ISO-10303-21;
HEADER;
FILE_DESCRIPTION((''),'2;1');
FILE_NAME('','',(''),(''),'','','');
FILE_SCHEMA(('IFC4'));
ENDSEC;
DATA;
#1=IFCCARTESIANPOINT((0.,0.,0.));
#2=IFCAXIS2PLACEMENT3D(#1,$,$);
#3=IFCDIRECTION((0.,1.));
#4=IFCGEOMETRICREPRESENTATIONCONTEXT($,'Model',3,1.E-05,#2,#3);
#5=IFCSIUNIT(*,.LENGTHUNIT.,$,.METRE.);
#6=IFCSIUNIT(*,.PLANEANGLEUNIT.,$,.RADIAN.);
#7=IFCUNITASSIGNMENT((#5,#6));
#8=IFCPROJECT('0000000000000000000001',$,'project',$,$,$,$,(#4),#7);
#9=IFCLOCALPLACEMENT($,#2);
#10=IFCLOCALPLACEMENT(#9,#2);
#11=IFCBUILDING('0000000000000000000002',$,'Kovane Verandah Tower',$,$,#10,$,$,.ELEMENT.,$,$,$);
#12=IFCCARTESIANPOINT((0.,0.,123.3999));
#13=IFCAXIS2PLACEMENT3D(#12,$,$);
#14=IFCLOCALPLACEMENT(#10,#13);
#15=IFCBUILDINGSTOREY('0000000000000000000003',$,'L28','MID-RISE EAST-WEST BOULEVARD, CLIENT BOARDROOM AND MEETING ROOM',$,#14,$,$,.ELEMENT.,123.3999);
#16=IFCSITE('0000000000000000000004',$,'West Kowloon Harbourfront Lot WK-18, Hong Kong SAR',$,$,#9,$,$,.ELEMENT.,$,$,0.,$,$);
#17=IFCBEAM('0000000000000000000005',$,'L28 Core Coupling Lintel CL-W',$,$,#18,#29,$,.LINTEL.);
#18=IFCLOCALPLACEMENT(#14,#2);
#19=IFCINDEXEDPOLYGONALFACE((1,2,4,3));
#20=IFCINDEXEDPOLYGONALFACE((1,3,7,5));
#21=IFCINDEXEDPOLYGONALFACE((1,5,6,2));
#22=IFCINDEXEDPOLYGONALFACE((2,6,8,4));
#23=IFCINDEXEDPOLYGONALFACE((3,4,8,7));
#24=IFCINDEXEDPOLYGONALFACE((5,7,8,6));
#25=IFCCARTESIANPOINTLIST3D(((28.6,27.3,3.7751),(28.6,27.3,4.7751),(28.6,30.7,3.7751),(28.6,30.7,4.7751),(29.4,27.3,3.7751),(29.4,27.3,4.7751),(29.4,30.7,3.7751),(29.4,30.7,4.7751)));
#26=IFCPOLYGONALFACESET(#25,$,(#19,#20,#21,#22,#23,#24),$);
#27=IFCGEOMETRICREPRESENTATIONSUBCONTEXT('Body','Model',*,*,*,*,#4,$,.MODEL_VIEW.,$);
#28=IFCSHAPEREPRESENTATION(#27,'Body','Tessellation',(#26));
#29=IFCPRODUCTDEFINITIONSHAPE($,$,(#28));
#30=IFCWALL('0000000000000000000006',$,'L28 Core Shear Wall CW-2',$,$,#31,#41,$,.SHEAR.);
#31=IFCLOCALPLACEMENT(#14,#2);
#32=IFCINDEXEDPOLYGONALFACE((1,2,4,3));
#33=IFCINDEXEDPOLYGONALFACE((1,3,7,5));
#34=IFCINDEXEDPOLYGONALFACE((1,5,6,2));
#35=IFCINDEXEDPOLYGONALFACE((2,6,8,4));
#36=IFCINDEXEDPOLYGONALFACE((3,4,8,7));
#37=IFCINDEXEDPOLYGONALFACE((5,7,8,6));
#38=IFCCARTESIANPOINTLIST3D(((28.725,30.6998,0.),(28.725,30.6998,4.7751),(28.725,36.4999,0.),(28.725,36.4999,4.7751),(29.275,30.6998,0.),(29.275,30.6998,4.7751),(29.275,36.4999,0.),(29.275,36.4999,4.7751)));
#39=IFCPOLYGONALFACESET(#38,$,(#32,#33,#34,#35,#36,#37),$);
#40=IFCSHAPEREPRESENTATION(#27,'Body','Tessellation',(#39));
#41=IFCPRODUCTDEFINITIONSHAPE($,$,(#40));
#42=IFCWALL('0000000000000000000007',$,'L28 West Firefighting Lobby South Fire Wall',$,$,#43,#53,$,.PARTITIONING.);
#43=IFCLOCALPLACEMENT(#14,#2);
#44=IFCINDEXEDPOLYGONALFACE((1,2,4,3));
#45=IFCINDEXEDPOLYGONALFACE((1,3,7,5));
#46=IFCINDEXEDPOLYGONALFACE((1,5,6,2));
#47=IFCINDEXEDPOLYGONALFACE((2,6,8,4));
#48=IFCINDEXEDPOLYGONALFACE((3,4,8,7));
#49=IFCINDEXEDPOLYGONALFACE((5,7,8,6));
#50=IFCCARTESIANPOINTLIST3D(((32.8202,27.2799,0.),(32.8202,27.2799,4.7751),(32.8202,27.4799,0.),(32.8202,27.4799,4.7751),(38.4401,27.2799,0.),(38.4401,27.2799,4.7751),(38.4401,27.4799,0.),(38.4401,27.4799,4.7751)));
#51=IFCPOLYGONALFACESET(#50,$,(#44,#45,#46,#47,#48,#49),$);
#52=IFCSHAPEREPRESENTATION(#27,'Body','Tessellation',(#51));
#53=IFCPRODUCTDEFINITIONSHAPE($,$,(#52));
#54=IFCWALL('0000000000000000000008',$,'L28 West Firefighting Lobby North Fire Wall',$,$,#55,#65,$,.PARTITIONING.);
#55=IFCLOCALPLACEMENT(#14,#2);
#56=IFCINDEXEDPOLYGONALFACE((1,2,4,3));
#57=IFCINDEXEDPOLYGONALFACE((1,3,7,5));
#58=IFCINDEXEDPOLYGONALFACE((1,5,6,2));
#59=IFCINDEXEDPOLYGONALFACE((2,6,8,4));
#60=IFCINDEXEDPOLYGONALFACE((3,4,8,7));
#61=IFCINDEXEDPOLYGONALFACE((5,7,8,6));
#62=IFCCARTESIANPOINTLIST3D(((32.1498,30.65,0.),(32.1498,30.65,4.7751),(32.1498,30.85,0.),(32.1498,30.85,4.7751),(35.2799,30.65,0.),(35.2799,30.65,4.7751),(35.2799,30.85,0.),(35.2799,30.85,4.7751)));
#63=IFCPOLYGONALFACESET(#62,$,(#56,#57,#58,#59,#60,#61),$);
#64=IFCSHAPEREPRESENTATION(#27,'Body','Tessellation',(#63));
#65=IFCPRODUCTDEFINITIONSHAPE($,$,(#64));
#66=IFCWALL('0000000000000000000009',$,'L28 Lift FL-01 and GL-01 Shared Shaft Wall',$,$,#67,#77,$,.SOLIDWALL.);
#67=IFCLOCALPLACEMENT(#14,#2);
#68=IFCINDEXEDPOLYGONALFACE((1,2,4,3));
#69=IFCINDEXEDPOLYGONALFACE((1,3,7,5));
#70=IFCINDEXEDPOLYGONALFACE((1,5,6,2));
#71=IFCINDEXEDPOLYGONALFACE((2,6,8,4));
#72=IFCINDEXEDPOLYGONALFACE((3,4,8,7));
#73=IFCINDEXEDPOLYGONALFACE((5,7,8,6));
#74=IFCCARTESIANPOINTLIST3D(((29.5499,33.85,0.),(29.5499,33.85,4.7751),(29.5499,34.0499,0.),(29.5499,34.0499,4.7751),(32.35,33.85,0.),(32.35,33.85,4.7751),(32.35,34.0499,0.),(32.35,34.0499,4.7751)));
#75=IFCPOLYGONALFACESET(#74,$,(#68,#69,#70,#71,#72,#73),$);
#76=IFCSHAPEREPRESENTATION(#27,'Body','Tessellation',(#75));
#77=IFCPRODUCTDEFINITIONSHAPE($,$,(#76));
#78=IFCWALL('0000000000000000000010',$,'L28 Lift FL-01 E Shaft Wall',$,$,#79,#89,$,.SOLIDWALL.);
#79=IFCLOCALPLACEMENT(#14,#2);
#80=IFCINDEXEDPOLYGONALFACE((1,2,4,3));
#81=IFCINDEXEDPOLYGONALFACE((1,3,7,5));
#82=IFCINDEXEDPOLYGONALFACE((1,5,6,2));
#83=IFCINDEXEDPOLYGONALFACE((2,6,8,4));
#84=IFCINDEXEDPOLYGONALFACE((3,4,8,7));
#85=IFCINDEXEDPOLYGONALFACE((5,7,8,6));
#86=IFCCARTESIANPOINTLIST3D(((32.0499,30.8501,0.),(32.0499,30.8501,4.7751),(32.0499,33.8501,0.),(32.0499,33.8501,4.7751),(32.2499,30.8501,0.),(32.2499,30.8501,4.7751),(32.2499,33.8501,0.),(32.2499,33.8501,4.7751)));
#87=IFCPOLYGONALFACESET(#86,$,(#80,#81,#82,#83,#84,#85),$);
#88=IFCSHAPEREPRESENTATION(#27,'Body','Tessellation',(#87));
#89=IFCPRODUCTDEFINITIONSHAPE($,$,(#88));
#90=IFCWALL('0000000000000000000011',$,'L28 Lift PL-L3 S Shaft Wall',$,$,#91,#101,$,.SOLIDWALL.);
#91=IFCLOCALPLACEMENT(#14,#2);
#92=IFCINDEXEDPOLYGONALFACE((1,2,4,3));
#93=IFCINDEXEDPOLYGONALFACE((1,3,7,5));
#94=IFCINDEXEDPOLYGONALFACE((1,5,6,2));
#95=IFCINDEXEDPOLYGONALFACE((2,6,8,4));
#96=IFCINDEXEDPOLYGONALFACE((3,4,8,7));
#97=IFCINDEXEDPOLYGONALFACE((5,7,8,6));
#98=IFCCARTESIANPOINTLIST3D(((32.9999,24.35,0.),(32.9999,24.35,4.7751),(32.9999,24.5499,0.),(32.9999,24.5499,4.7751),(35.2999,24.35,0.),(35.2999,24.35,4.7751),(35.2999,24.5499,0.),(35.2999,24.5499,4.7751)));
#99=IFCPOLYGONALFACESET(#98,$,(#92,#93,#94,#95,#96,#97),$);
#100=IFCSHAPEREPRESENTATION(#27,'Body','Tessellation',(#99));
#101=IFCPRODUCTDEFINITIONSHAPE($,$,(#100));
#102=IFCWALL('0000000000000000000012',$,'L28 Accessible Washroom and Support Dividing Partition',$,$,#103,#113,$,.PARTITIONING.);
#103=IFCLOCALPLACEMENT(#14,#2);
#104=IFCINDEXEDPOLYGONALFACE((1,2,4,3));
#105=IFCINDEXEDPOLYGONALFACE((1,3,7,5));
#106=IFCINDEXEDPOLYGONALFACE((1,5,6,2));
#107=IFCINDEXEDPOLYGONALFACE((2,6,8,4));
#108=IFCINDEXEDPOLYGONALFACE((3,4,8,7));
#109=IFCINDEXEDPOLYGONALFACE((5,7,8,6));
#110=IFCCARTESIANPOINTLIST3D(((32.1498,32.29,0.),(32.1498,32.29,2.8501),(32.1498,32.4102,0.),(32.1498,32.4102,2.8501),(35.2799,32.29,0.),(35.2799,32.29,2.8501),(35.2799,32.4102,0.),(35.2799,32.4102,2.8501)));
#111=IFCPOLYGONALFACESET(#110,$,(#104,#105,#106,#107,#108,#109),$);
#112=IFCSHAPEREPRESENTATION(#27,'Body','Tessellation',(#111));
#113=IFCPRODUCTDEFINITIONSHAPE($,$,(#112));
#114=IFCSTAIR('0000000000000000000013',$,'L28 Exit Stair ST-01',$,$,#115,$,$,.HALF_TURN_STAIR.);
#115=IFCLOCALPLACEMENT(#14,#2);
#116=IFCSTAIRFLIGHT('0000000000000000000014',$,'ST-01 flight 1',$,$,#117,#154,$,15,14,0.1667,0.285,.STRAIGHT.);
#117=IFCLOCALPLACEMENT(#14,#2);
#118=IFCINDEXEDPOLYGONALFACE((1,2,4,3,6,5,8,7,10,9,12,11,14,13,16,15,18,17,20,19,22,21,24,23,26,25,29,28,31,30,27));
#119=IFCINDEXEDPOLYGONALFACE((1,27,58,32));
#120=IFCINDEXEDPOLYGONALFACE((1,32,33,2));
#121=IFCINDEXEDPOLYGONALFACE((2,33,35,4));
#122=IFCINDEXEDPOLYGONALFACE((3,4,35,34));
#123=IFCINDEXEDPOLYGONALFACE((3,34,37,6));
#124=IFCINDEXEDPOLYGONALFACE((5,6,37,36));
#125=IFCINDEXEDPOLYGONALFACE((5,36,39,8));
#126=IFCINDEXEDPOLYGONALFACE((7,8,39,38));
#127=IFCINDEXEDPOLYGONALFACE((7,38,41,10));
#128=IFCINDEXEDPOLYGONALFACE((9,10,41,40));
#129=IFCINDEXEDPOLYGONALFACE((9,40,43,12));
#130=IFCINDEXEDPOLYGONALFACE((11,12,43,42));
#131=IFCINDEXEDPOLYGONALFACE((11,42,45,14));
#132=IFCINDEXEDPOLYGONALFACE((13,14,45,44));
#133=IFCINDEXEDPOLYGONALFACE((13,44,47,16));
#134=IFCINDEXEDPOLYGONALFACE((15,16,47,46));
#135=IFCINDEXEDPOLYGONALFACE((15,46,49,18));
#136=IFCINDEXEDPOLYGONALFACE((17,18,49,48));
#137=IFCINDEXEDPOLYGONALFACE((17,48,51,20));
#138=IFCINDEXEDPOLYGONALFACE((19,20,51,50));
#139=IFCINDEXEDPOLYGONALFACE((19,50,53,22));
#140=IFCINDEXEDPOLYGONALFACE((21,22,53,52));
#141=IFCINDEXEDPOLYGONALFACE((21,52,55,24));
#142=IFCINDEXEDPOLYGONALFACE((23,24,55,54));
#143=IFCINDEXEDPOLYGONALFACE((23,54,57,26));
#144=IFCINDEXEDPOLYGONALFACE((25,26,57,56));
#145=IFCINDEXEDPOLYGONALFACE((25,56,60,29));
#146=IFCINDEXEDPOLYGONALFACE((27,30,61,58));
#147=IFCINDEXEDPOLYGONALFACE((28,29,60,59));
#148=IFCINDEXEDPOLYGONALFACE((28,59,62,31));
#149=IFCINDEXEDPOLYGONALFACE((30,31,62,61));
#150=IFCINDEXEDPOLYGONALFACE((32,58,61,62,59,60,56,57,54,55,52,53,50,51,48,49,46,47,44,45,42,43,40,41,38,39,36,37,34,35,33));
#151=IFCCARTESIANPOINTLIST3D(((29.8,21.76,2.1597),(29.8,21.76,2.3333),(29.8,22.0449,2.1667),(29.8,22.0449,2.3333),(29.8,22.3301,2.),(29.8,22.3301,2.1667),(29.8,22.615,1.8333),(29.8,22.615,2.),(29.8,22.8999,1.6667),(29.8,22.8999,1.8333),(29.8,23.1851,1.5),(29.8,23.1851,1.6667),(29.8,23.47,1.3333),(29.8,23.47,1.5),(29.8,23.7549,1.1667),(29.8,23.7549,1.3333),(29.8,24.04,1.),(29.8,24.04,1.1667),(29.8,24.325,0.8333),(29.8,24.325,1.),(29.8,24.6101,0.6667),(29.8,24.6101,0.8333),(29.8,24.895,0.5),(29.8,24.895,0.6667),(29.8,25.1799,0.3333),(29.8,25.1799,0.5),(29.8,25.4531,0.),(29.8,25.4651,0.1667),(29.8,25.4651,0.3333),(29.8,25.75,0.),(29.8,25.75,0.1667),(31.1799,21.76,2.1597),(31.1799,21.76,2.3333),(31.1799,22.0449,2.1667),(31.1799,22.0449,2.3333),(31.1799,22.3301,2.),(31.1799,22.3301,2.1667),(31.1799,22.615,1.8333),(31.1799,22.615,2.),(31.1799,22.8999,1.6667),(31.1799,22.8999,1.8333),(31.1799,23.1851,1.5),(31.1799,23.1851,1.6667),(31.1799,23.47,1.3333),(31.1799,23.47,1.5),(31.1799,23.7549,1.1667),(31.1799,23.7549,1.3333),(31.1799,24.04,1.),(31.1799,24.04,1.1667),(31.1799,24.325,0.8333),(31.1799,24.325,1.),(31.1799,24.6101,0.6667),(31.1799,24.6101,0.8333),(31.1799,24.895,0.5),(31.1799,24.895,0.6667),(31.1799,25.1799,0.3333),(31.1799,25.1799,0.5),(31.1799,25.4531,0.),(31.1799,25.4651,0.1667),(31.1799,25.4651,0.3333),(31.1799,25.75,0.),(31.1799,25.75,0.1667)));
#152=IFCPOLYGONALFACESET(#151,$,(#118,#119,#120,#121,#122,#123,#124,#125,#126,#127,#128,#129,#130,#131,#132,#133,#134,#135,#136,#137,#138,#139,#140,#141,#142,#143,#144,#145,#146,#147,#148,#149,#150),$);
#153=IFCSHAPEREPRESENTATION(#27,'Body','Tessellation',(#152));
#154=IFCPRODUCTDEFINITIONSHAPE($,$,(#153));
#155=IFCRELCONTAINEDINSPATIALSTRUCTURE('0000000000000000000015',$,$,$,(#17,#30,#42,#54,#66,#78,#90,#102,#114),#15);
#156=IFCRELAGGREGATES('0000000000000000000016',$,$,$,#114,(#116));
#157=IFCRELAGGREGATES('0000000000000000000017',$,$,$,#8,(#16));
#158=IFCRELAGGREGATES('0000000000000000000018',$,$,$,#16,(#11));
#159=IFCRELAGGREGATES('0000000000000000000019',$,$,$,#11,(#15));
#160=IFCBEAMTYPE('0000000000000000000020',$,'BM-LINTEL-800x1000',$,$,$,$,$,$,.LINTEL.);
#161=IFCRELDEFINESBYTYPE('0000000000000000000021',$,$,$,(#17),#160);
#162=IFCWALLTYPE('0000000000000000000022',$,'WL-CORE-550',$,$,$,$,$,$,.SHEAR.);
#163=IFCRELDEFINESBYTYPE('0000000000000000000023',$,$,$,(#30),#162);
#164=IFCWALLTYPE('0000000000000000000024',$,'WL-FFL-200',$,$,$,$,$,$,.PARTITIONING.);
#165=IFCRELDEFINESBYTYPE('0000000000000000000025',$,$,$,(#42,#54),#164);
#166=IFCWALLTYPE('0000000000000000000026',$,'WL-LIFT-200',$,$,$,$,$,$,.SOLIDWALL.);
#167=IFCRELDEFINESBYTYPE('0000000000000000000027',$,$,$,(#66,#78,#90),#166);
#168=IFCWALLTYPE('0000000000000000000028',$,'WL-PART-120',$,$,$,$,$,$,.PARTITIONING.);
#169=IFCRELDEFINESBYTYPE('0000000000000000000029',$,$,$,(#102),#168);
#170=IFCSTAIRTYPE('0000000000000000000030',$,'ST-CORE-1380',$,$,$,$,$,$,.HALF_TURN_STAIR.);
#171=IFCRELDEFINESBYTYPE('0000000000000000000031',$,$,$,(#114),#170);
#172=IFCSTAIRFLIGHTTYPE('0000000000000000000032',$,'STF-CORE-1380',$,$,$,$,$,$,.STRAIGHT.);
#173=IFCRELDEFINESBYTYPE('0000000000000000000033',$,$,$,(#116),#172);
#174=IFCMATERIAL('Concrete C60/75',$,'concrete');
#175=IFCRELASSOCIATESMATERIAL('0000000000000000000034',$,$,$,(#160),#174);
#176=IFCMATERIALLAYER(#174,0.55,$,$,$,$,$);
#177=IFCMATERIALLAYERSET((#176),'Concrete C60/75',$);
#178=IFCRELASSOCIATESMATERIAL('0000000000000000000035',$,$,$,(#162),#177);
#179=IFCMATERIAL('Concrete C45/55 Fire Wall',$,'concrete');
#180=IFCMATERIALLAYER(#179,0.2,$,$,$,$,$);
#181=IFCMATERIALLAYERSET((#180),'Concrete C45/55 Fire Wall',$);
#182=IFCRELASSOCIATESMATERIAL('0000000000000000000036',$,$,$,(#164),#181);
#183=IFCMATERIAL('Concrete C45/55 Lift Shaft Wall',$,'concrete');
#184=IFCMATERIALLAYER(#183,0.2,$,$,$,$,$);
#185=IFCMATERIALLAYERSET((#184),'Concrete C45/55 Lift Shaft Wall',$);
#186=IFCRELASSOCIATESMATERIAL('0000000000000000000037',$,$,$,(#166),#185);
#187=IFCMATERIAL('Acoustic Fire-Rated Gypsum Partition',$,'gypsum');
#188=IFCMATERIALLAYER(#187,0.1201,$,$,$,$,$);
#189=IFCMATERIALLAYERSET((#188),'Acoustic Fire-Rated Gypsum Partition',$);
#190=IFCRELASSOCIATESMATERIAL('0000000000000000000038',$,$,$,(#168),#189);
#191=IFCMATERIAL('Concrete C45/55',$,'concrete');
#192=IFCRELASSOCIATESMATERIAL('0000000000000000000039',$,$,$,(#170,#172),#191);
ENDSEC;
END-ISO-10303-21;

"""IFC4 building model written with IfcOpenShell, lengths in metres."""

from ifc_helpers import new_model, si_unit, direction, frame, frame_2d, origin, origin_2d, place, context, subcontext, project, spatial, polyline, rectangle, outline, extrude, material, layer, layer_set, material_profile, profile_set, type_object, element, aggregate, save


model = new_model("IFC4")

# Units and contexts
model_context = context("Model", 3, precision=1e-05, world=origin(), true_north=direction((0.0, 1.0)))
body_context = subcontext(model_context, "Body", "Model", "MODEL_VIEW")
ifc_project = project(units=[si_unit("LENGTHUNIT", "METRE"), si_unit("PLANEANGLEUNIT", "RADIAN")], contexts=[model_context])

# Site, building, storey
site_placement = place(None, origin())
site = spatial("IfcSite", under=ifc_project, at=site_placement, Name="West Kowloon Harbourfront Lot WK-18, Hong Kong SAR", CompositionType="ELEMENT", RefElevation=0.0)
building_placement = place(site_placement, origin())
building = spatial("IfcBuilding", under=site, at=building_placement, Name="Kovane Verandah Tower", CompositionType="ELEMENT")
storey_placement = place(building_placement, frame((0.0, 0.0, 123.3999)))
storey = spatial("IfcBuildingStorey", under=building, at=storey_placement, Name="L28", Description="MID-RISE EAST-WEST BOULEVARD, CLIENT BOARDROOM AND MEETING ROOM", CompositionType="ELEMENT", Elevation=123.3999)

# Beam
ifc_material_1 = material(Name="Concrete C60/75", Category="concrete")
ifc_material_profile = material_profile(ifc_material_1, rectangle(XDim=0.8, YDim=1.0, at=origin_2d()), Name="RCB800x1000")
ifc_profile_set = profile_set([ifc_material_profile], Name="Concrete C60/75")
beam_type = type_object("IfcBeamType", Name="BM-LINTEL-800x1000", PredefinedType="LINTEL", material=ifc_profile_set)
beam_placement = place(storey_placement, frame((29.0, 27.3, 4.2751), z_axis=(0.0, 1.0, 0.0), x_axis=(-1.0, 0.0, 0.0)))
element("IfcBeam", 1, at=beam_placement, inside=storey, type_object=beam_type, Name="L28 Core Coupling Lintel CL-W", PredefinedType="LINTEL", context=body_context, shape_type="SweptSolid", body=[
    extrude(rectangle(XDim=0.8, YDim=1.0, at=origin_2d()), origin(), (0.0, 0.0, 1.0), 3.3999),
])

# Wall
ifc_layer_1 = layer(ifc_material_1, 0.55)
ifc_layer_set_1 = layer_set([ifc_layer_1], Name="Concrete C60/75")
wall_type_1 = type_object("IfcWallType", Name="WL-CORE-550", PredefinedType="SHEAR", material=ifc_layer_set_1)
wall_1_placement = place(storey_placement, frame((29.0, 30.7, 0.0), z_axis=(0.0, 0.0, 1.0), x_axis=(0.0, 1.0, 0.0)))
element("IfcWall", 2, at=wall_1_placement, inside=storey, type_object=wall_type_1, Name="L28 Core Shear Wall CW-2", PredefinedType="SHEAR", context=body_context, shape_type="SweptSolid", body=[
    extrude(rectangle(XDim=5.8, YDim=0.55, at=frame_2d((2.8999, 0.0))), origin(), (0.0, 0.0, 1.0), 4.7751),
])

# Shared definitions
ifc_material_2 = material(Name="Concrete C45/55 Fire Wall", Category="concrete")
ifc_layer_2 = layer(ifc_material_2, 0.2)
ifc_layer_set_2 = layer_set([ifc_layer_2], Name="Concrete C45/55 Fire Wall")
wall_type_2 = type_object("IfcWallType", Name="WL-FFL-200", PredefinedType="PARTITIONING", material=ifc_layer_set_2)

# Walls
wall_2_placement = place(storey_placement, frame((32.8201, 27.3799, 0.0), z_axis=(0.0, 0.0, 1.0), x_axis=(1.0, 0.0, 0.0)))
element("IfcWall", 3, at=wall_2_placement, inside=storey, type_object=wall_type_2, Name="L28 West Firefighting Lobby South Fire Wall", PredefinedType="PARTITIONING", context=body_context, shape_type="SweptSolid", body=[
    extrude(rectangle(XDim=5.6199, YDim=0.2, at=frame_2d((2.8101, 0.0))), origin(), (0.0, 0.0, 1.0), 4.7751),
])
wall_3_placement = place(storey_placement, frame((32.1499, 30.75, 0.0), z_axis=(0.0, 0.0, 1.0), x_axis=(1.0, 0.0, 0.0)))
element("IfcWall", 4, at=wall_3_placement, inside=storey, type_object=wall_type_2, Name="L28 West Firefighting Lobby North Fire Wall", PredefinedType="PARTITIONING", context=body_context, shape_type="SweptSolid", body=[
    extrude(rectangle(XDim=3.1301, YDim=0.2, at=frame_2d((1.5649, 0.0))), origin(), (0.0, 0.0, 1.0), 4.7751),
])

# Shared definitions
ifc_material_3 = material(Name="Concrete C45/55 Lift Shaft Wall", Category="concrete")
ifc_layer_3 = layer(ifc_material_3, 0.2)
ifc_layer_set_3 = layer_set([ifc_layer_3], Name="Concrete C45/55 Lift Shaft Wall")
wall_type_3 = type_object("IfcWallType", Name="WL-LIFT-200", PredefinedType="SOLIDWALL", material=ifc_layer_set_3)

# Walls
wall_4_placement = place(storey_placement, frame((29.55, 33.95, 0.0), z_axis=(0.0, 0.0, 1.0), x_axis=(1.0, 0.0, 0.0)))
element("IfcWall", 5, at=wall_4_placement, inside=storey, type_object=wall_type_3, Name="L28 Lift FL-01 and GL-01 Shared Shaft Wall", PredefinedType="SOLIDWALL", context=body_context, shape_type="SweptSolid", body=[
    extrude(rectangle(XDim=2.8, YDim=0.2, at=frame_2d((1.3999, 0.0))), origin(), (0.0, 0.0, 1.0), 4.7751),
])
wall_5_placement = place(storey_placement, frame((32.1499, 30.8501, 0.0), z_axis=(0.0, 0.0, 1.0), x_axis=(0.0, 1.0, 0.0)))
element("IfcWall", 6, at=wall_5_placement, inside=storey, type_object=wall_type_3, Name="L28 Lift FL-01 E Shaft Wall", PredefinedType="SOLIDWALL", context=body_context, shape_type="SweptSolid", body=[
    extrude(rectangle(XDim=3.0, YDim=0.2, at=frame_2d((1.5, 0.0))), origin(), (0.0, 0.0, 1.0), 4.7751),
])
wall_6_placement = place(storey_placement, frame((33.0, 24.45, 0.0), z_axis=(0.0, 0.0, 1.0), x_axis=(1.0, 0.0, 0.0)))
element("IfcWall", 7, at=wall_6_placement, inside=storey, type_object=wall_type_3, Name="L28 Lift PL-L3 S Shaft Wall", PredefinedType="SOLIDWALL", context=body_context, shape_type="SweptSolid", body=[
    extrude(rectangle(XDim=2.3, YDim=0.2, at=frame_2d((1.1499, 0.0))), origin(), (0.0, 0.0, 1.0), 4.7751),
])
ifc_material_4 = material(Name="Acoustic Fire-Rated Gypsum Partition", Category="gypsum")
ifc_layer_4 = layer(ifc_material_4, 0.1201)
ifc_layer_set_4 = layer_set([ifc_layer_4], Name="Acoustic Fire-Rated Gypsum Partition")
wall_type_4 = type_object("IfcWallType", Name="WL-PART-120", PredefinedType="PARTITIONING", material=ifc_layer_set_4)
wall_7_placement = place(storey_placement, frame((32.1499, 32.3501, 0.0), z_axis=(0.0, 0.0, 1.0), x_axis=(1.0, 0.0, 0.0)))
element("IfcWall", 8, at=wall_7_placement, inside=storey, type_object=wall_type_4, Name="L28 Accessible Washroom and Support Dividing Partition", PredefinedType="PARTITIONING", context=body_context, shape_type="SweptSolid", body=[
    extrude(rectangle(XDim=3.1301, YDim=0.1201, at=frame_2d((1.5649, 0.0))), origin(), (0.0, 0.0, 1.0), 2.8501),
])

# Shared definitions
ifc_material_5 = material(Name="Concrete C45/55", Category="concrete")

# Stair, stair flight
stair_type = type_object("IfcStairType", Name="ST-CORE-1380", PredefinedType="HALF_TURN_STAIR", material=ifc_material_5)
stair_placement = place(storey_placement, origin())
stair = element("IfcStair", 9, at=stair_placement, inside=storey, type_object=stair_type, Name="L28 Exit Stair ST-01", PredefinedType="HALF_TURN_STAIR")
stair_flight_type = type_object("IfcStairFlightType", Name="STF-CORE-1380", PredefinedType="STRAIGHT", material=ifc_material_5)
stair_flight_1_placement = place(storey_placement, frame((30.49, 25.75, 0.0), z_axis=(0.0, 0.0, 1.0), x_axis=(0.0, -1.0, 0.0)))
stair_flight_1 = element("IfcStairFlight", 10, at=stair_flight_1_placement, type_object=stair_flight_type, Name="ST-01 flight 1", NumberOfRisers=15, NumberOfTreads=14, PredefinedType="STRAIGHT", RiserHeight=0.1667, TreadLength=0.285, context=body_context, shape_type="SweptSolid", body=[
    extrude(outline(polyline([(0.0, 0.0), (0.0, 0.1667), (0.2849, 0.1667), (0.2849, 0.3333), (0.5701, 0.3333), (0.5701, 0.5), (0.855, 0.5), (0.855, 0.6667), (1.1399, 0.6667), (1.1399, 0.8333), (1.425, 0.8333), (1.425, 1.0), (1.71, 1.0), (1.71, 1.1667), (1.9951, 1.1667), (1.9951, 1.3333), (2.28, 1.3333), (2.28, 1.5), (2.5649, 1.5), (2.5649, 1.6667), (2.8501, 1.6667), (2.8501, 1.8333), (3.135, 1.8333), (3.135, 2.0), (3.4199, 2.0), (3.4199, 2.1667), (3.7051, 2.1667), (3.7051, 2.3333), (3.99, 2.3333), (3.99, 2.5), (3.99, 2.1597), (0.2969, 0.0), (0.0, 0.0)])), frame((0.0, 0.6899, 0.0), z_axis=(0.0, -1.0, 0.0), x_axis=(1.0, 0.0, 0.0)), (0.0, 0.0, 1.0), 1.3799),
])
aggregate(stair, [stair_flight_1])

save(model, "model.ifc")
